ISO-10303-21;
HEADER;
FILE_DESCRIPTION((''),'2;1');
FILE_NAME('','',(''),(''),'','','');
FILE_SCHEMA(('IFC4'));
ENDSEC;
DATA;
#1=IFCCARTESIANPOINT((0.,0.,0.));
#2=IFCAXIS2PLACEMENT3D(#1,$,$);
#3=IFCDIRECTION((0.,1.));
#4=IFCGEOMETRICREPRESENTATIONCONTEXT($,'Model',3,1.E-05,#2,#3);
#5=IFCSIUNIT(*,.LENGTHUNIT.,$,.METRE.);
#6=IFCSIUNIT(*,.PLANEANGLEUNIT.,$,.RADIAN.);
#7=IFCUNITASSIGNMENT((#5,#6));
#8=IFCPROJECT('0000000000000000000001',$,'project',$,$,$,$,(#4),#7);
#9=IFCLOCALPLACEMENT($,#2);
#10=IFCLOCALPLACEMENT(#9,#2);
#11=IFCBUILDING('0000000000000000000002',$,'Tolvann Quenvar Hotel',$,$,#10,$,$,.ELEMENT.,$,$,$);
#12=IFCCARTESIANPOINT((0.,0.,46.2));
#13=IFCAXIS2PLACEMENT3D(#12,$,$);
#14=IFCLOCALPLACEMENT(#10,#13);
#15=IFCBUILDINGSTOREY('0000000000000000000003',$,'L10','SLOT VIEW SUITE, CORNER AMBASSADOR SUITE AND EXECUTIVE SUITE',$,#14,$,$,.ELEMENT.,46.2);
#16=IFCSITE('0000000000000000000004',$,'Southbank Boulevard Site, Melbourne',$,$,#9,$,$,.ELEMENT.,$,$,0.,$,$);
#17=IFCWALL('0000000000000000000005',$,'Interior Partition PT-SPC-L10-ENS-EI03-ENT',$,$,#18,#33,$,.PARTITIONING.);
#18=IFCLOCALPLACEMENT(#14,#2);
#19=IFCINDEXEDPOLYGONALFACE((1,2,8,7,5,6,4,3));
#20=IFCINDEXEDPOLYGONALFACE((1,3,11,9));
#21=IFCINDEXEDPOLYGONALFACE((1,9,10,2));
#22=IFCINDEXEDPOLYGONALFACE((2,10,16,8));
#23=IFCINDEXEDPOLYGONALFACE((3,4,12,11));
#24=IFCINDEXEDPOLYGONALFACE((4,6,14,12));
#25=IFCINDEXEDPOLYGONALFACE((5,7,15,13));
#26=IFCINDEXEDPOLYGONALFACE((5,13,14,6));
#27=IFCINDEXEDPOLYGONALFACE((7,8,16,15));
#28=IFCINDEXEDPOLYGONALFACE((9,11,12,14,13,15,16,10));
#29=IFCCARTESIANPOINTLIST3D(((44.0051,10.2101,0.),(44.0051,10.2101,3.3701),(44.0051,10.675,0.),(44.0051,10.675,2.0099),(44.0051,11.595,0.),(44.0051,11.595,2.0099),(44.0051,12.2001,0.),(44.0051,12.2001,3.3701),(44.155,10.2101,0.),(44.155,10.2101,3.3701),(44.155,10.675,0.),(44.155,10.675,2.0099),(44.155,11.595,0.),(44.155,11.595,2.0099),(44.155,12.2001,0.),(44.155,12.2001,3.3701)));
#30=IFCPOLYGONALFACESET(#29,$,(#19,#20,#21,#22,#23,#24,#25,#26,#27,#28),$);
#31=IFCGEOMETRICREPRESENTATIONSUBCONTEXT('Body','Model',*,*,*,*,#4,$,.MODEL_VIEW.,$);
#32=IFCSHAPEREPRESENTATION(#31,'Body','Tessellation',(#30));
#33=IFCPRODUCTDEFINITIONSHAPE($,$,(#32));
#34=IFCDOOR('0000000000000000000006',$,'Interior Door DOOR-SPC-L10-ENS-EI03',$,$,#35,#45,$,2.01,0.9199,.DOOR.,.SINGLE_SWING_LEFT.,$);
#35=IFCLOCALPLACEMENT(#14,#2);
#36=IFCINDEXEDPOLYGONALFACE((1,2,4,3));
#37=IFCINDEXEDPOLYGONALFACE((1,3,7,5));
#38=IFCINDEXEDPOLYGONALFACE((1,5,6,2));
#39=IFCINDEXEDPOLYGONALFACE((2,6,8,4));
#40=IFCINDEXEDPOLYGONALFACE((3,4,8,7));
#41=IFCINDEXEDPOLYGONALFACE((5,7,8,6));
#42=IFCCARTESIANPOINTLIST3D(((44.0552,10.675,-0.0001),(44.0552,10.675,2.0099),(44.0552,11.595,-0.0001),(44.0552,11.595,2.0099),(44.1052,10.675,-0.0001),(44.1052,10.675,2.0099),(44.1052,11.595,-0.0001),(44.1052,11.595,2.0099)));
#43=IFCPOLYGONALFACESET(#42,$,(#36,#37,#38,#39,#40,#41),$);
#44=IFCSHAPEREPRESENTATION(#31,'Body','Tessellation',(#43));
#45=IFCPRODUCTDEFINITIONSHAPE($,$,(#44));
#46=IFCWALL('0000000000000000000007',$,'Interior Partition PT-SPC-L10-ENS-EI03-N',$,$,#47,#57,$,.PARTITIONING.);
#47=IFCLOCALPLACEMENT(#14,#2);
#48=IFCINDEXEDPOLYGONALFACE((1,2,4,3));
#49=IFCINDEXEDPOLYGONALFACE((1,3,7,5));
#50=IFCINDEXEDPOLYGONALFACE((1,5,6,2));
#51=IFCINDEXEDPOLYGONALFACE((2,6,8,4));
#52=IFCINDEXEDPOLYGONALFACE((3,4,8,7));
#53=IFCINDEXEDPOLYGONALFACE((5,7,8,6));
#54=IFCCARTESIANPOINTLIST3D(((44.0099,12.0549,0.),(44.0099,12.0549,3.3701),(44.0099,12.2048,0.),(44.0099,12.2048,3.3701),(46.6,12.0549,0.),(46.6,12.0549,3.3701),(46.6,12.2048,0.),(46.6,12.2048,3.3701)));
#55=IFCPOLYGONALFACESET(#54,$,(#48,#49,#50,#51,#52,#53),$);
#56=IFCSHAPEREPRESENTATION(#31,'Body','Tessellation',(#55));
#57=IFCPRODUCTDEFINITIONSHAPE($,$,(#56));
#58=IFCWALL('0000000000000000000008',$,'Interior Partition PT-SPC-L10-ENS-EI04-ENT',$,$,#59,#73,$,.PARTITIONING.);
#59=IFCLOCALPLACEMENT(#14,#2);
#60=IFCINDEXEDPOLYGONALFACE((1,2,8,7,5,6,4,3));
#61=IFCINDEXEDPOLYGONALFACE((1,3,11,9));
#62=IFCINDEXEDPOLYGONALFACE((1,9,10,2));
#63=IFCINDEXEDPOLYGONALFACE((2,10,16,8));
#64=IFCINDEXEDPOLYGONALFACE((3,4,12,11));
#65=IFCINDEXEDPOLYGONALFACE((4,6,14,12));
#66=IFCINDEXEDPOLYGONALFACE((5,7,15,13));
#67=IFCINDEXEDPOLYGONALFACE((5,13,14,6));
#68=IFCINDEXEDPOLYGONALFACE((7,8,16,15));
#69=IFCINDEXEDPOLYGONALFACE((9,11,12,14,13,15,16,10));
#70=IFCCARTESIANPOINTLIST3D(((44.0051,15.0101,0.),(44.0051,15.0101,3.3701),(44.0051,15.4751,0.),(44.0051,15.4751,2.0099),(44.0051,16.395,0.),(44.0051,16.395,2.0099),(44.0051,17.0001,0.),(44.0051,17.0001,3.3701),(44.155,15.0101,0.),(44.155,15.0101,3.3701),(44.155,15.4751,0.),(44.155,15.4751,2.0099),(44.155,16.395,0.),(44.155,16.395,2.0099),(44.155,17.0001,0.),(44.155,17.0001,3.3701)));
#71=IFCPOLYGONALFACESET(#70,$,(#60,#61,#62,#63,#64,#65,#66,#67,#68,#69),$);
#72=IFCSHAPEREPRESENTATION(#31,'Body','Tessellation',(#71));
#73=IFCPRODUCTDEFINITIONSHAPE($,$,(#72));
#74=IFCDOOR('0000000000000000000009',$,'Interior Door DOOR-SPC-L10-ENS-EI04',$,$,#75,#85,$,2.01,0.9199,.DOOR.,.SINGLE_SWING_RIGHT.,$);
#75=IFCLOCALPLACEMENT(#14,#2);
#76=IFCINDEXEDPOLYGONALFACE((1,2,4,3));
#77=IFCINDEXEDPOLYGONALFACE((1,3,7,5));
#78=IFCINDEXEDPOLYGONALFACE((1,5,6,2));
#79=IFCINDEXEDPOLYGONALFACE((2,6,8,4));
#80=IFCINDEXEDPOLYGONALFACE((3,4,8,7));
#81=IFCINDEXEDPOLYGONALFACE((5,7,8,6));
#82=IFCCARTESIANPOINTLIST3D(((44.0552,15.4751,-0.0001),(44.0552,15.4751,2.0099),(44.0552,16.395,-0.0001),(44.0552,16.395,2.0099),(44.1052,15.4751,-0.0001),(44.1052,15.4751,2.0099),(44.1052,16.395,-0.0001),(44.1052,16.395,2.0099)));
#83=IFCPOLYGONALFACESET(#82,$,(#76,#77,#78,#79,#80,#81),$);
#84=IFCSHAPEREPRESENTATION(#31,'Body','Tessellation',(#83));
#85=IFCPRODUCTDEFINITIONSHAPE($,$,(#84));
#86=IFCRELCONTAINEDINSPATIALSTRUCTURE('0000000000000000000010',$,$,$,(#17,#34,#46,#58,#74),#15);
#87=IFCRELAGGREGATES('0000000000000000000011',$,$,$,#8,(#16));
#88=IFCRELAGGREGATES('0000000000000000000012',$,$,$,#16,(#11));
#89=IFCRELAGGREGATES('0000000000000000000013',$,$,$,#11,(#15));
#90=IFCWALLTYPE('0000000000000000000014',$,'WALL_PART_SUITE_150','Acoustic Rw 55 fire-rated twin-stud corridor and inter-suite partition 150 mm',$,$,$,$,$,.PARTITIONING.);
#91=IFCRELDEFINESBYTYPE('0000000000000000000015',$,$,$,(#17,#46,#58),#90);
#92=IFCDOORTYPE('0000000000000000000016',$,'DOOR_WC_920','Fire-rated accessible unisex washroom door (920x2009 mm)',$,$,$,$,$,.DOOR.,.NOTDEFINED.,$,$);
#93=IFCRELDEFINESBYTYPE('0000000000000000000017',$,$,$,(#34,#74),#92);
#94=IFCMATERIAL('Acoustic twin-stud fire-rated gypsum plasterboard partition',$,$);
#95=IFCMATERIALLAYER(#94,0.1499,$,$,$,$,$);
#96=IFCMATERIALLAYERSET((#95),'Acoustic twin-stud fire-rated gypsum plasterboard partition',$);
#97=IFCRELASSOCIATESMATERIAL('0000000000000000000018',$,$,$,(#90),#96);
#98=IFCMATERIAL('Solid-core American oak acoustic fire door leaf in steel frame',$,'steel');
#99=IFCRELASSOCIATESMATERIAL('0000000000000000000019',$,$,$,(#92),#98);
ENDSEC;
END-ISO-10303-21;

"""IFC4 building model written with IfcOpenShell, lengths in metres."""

from ifc_helpers import new_model, si_unit, direction, frame, frame_2d, origin, place, context, subcontext, project, spatial, rectangle, extrude, source, transform, mapped, material, layer, layer_set, type_object, type_shapes, element, fill, save


model = new_model("IFC4")

# Units and contexts
model_context = context("Model", 3, precision=1e-05, world=origin(), true_north=direction((0.0, 1.0)))
body_context = subcontext(model_context, "Body", "Model", "MODEL_VIEW")
ifc_project = project(units=[si_unit("LENGTHUNIT", "METRE"), si_unit("PLANEANGLEUNIT", "RADIAN")], contexts=[model_context])

# Site, building, storey
site_placement = place(None, origin())
site = spatial("IfcSite", under=ifc_project, at=site_placement, Name="Southbank Boulevard Site, Melbourne", CompositionType="ELEMENT", RefElevation=0.0)
building_placement = place(site_placement, origin())
building = spatial("IfcBuilding", under=site, at=building_placement, Name="Tolvann Quenvar Hotel", CompositionType="ELEMENT")
storey_placement = place(building_placement, frame((0.0, 0.0, 46.2)))
storey = spatial("IfcBuildingStorey", under=building, at=storey_placement, Name="L10", Description="SLOT VIEW SUITE, CORNER AMBASSADOR SUITE AND EXECUTIVE SUITE", CompositionType="ELEMENT", Elevation=46.2)

# Wall, opening, door
ifc_material_1 = material(Name="Acoustic twin-stud fire-rated gypsum plasterboard partition")
ifc_layer_1 = layer(ifc_material_1, 0.1499)
ifc_layer_set_1 = layer_set([ifc_layer_1], Name="Acoustic twin-stud fire-rated gypsum plasterboard partition")
wall_type_1 = type_object("IfcWallType", Name="WALL_PART_SUITE_150", Description="Acoustic Rw 55 fire-rated twin-stud corridor and inter-suite partition 150 mm", PredefinedType="PARTITIONING", material=ifc_layer_set_1)
wall_1_placement = place(storey_placement, frame((44.0801, 10.21, 0.0), z_axis=(0.0, 0.0, 1.0), x_axis=(0.0, 1.0, 0.0)))
wall_1 = element("IfcWall", 1, at=wall_1_placement, inside=storey, type_object=wall_type_1, Name="Interior Partition PT-SPC-L10-ENS-EI03-ENT", PredefinedType="PARTITIONING", context=body_context, shape_type="SweptSolid", body=[
    extrude(rectangle(XDim=1.99, YDim=0.1499, at=frame_2d((0.9951, 0.0))), origin(), (0.0, 0.0, 1.0), 3.3701),
])
opening_1_placement = place(wall_1_placement, frame((0.4651, 0.0, 0.0)))
opening_1 = element("IfcOpeningElement", 2, at=opening_1_placement, cuts=wall_1, PredefinedType="OPENING", context=body_context, shape_type="SweptSolid", body=[
    extrude(rectangle(XDim=0.9199, YDim=2.01, at=frame_2d((0.46, 1.0049))), frame((0.0, 0.085, 0.0), z_axis=(0.0, -1.0, 0.0), x_axis=(1.0, 0.0, 0.0)), (0.0, 0.0, 1.0), 0.1699),
])
ifc_material_2 = material(Name="Solid-core American oak acoustic fire door leaf in steel frame", Category="steel")
door_type_1 = type_object("IfcDoorType", Name="DOOR_WC_920", Description="Fire-rated accessible unisex washroom door (920x2009 mm)", OperationType="NOTDEFINED", PredefinedType="DOOR", material=ifc_material_2)
shared_shape_1 = source(origin(), body_context, "Body", "SweptSolid", [
    extrude(rectangle(XDim=0.9199, YDim=2.01, at=frame_2d((0.46, 1.0049))), frame((0.0, 0.0249, 0.0), z_axis=(0.0, -1.0, 0.0), x_axis=(1.0, 0.0, 0.0)), (0.0, 0.0, 1.0), 0.05),
])
type_shapes(door_type_1, [shared_shape_1])
door_1_placement = place(opening_1_placement, origin())
door_1 = element("IfcDoor", 3, at=door_1_placement, inside=storey, type_object=door_type_1, Name="Interior Door DOOR-SPC-L10-ENS-EI03", OperationType="SINGLE_SWING_LEFT", OverallHeight=2.01, OverallWidth=0.9199, PredefinedType="DOOR", context=body_context, shape_type="MappedRepresentation", body=[
    mapped(shared_shape_1, transform((0.0, 0.0, 0.0), x_axis=(1.0, 0.0, 0.0), y_axis=(0.0, 1.0, 0.0), z_axis=(0.0, 0.0, 1.0), scale=1.0)),
])
fill(opening_1, door_1)

# Wall
wall_2_placement = place(storey_placement, frame((44.01, 12.1299, 0.0), z_axis=(0.0, 0.0, 1.0), x_axis=(1.0, 0.0, 0.0)))
element("IfcWall", 4, at=wall_2_placement, inside=storey, type_object=wall_type_1, Name="Interior Partition PT-SPC-L10-ENS-EI03-N", PredefinedType="PARTITIONING", context=body_context, shape_type="SweptSolid", body=[
    extrude(rectangle(XDim=2.5901, YDim=0.1499, at=frame_2d((1.2949, 0.0))), origin(), (0.0, 0.0, 1.0), 3.3701),
])

# Wall, opening, door
wall_3_placement = place(storey_placement, frame((44.0801, 15.01, 0.0), z_axis=(0.0, 0.0, 1.0), x_axis=(0.0, 1.0, 0.0)))
wall_3 = element("IfcWall", 5, at=wall_3_placement, inside=storey, type_object=wall_type_1, Name="Interior Partition PT-SPC-L10-ENS-EI04-ENT", PredefinedType="PARTITIONING", context=body_context, shape_type="SweptSolid", body=[
    extrude(rectangle(XDim=1.99, YDim=0.1499, at=frame_2d((0.9951, 0.0))), origin(), (0.0, 0.0, 1.0), 3.3701),
])
opening_2_placement = place(wall_3_placement, frame((0.4651, 0.0, 0.0)))
opening_2 = element("IfcOpeningElement", 6, at=opening_2_placement, cuts=wall_3, PredefinedType="OPENING", context=body_context, shape_type="SweptSolid", body=[
    extrude(rectangle(XDim=0.9199, YDim=2.01, at=frame_2d((0.46, 1.0049))), frame((0.0, 0.085, 0.0), z_axis=(0.0, -1.0, 0.0), x_axis=(1.0, 0.0, 0.0)), (0.0, 0.0, 1.0), 0.1699),
])
door_2_placement = place(opening_2_placement, origin())
door_2 = element("IfcDoor", 7, at=door_2_placement, inside=storey, type_object=door_type_1, Name="Interior Door DOOR-SPC-L10-ENS-EI04", OperationType="SINGLE_SWING_RIGHT", OverallHeight=2.01, OverallWidth=0.9199, PredefinedType="DOOR", context=body_context, shape_type="MappedRepresentation", body=[
    mapped(shared_shape_1, transform((0.0, 0.0, 0.0), x_axis=(1.0, 0.0, 0.0), y_axis=(0.0, 1.0, 0.0), z_axis=(0.0, 0.0, 1.0), scale=1.0)),
])
fill(opening_2, door_2)

save(model, "model.ifc")
